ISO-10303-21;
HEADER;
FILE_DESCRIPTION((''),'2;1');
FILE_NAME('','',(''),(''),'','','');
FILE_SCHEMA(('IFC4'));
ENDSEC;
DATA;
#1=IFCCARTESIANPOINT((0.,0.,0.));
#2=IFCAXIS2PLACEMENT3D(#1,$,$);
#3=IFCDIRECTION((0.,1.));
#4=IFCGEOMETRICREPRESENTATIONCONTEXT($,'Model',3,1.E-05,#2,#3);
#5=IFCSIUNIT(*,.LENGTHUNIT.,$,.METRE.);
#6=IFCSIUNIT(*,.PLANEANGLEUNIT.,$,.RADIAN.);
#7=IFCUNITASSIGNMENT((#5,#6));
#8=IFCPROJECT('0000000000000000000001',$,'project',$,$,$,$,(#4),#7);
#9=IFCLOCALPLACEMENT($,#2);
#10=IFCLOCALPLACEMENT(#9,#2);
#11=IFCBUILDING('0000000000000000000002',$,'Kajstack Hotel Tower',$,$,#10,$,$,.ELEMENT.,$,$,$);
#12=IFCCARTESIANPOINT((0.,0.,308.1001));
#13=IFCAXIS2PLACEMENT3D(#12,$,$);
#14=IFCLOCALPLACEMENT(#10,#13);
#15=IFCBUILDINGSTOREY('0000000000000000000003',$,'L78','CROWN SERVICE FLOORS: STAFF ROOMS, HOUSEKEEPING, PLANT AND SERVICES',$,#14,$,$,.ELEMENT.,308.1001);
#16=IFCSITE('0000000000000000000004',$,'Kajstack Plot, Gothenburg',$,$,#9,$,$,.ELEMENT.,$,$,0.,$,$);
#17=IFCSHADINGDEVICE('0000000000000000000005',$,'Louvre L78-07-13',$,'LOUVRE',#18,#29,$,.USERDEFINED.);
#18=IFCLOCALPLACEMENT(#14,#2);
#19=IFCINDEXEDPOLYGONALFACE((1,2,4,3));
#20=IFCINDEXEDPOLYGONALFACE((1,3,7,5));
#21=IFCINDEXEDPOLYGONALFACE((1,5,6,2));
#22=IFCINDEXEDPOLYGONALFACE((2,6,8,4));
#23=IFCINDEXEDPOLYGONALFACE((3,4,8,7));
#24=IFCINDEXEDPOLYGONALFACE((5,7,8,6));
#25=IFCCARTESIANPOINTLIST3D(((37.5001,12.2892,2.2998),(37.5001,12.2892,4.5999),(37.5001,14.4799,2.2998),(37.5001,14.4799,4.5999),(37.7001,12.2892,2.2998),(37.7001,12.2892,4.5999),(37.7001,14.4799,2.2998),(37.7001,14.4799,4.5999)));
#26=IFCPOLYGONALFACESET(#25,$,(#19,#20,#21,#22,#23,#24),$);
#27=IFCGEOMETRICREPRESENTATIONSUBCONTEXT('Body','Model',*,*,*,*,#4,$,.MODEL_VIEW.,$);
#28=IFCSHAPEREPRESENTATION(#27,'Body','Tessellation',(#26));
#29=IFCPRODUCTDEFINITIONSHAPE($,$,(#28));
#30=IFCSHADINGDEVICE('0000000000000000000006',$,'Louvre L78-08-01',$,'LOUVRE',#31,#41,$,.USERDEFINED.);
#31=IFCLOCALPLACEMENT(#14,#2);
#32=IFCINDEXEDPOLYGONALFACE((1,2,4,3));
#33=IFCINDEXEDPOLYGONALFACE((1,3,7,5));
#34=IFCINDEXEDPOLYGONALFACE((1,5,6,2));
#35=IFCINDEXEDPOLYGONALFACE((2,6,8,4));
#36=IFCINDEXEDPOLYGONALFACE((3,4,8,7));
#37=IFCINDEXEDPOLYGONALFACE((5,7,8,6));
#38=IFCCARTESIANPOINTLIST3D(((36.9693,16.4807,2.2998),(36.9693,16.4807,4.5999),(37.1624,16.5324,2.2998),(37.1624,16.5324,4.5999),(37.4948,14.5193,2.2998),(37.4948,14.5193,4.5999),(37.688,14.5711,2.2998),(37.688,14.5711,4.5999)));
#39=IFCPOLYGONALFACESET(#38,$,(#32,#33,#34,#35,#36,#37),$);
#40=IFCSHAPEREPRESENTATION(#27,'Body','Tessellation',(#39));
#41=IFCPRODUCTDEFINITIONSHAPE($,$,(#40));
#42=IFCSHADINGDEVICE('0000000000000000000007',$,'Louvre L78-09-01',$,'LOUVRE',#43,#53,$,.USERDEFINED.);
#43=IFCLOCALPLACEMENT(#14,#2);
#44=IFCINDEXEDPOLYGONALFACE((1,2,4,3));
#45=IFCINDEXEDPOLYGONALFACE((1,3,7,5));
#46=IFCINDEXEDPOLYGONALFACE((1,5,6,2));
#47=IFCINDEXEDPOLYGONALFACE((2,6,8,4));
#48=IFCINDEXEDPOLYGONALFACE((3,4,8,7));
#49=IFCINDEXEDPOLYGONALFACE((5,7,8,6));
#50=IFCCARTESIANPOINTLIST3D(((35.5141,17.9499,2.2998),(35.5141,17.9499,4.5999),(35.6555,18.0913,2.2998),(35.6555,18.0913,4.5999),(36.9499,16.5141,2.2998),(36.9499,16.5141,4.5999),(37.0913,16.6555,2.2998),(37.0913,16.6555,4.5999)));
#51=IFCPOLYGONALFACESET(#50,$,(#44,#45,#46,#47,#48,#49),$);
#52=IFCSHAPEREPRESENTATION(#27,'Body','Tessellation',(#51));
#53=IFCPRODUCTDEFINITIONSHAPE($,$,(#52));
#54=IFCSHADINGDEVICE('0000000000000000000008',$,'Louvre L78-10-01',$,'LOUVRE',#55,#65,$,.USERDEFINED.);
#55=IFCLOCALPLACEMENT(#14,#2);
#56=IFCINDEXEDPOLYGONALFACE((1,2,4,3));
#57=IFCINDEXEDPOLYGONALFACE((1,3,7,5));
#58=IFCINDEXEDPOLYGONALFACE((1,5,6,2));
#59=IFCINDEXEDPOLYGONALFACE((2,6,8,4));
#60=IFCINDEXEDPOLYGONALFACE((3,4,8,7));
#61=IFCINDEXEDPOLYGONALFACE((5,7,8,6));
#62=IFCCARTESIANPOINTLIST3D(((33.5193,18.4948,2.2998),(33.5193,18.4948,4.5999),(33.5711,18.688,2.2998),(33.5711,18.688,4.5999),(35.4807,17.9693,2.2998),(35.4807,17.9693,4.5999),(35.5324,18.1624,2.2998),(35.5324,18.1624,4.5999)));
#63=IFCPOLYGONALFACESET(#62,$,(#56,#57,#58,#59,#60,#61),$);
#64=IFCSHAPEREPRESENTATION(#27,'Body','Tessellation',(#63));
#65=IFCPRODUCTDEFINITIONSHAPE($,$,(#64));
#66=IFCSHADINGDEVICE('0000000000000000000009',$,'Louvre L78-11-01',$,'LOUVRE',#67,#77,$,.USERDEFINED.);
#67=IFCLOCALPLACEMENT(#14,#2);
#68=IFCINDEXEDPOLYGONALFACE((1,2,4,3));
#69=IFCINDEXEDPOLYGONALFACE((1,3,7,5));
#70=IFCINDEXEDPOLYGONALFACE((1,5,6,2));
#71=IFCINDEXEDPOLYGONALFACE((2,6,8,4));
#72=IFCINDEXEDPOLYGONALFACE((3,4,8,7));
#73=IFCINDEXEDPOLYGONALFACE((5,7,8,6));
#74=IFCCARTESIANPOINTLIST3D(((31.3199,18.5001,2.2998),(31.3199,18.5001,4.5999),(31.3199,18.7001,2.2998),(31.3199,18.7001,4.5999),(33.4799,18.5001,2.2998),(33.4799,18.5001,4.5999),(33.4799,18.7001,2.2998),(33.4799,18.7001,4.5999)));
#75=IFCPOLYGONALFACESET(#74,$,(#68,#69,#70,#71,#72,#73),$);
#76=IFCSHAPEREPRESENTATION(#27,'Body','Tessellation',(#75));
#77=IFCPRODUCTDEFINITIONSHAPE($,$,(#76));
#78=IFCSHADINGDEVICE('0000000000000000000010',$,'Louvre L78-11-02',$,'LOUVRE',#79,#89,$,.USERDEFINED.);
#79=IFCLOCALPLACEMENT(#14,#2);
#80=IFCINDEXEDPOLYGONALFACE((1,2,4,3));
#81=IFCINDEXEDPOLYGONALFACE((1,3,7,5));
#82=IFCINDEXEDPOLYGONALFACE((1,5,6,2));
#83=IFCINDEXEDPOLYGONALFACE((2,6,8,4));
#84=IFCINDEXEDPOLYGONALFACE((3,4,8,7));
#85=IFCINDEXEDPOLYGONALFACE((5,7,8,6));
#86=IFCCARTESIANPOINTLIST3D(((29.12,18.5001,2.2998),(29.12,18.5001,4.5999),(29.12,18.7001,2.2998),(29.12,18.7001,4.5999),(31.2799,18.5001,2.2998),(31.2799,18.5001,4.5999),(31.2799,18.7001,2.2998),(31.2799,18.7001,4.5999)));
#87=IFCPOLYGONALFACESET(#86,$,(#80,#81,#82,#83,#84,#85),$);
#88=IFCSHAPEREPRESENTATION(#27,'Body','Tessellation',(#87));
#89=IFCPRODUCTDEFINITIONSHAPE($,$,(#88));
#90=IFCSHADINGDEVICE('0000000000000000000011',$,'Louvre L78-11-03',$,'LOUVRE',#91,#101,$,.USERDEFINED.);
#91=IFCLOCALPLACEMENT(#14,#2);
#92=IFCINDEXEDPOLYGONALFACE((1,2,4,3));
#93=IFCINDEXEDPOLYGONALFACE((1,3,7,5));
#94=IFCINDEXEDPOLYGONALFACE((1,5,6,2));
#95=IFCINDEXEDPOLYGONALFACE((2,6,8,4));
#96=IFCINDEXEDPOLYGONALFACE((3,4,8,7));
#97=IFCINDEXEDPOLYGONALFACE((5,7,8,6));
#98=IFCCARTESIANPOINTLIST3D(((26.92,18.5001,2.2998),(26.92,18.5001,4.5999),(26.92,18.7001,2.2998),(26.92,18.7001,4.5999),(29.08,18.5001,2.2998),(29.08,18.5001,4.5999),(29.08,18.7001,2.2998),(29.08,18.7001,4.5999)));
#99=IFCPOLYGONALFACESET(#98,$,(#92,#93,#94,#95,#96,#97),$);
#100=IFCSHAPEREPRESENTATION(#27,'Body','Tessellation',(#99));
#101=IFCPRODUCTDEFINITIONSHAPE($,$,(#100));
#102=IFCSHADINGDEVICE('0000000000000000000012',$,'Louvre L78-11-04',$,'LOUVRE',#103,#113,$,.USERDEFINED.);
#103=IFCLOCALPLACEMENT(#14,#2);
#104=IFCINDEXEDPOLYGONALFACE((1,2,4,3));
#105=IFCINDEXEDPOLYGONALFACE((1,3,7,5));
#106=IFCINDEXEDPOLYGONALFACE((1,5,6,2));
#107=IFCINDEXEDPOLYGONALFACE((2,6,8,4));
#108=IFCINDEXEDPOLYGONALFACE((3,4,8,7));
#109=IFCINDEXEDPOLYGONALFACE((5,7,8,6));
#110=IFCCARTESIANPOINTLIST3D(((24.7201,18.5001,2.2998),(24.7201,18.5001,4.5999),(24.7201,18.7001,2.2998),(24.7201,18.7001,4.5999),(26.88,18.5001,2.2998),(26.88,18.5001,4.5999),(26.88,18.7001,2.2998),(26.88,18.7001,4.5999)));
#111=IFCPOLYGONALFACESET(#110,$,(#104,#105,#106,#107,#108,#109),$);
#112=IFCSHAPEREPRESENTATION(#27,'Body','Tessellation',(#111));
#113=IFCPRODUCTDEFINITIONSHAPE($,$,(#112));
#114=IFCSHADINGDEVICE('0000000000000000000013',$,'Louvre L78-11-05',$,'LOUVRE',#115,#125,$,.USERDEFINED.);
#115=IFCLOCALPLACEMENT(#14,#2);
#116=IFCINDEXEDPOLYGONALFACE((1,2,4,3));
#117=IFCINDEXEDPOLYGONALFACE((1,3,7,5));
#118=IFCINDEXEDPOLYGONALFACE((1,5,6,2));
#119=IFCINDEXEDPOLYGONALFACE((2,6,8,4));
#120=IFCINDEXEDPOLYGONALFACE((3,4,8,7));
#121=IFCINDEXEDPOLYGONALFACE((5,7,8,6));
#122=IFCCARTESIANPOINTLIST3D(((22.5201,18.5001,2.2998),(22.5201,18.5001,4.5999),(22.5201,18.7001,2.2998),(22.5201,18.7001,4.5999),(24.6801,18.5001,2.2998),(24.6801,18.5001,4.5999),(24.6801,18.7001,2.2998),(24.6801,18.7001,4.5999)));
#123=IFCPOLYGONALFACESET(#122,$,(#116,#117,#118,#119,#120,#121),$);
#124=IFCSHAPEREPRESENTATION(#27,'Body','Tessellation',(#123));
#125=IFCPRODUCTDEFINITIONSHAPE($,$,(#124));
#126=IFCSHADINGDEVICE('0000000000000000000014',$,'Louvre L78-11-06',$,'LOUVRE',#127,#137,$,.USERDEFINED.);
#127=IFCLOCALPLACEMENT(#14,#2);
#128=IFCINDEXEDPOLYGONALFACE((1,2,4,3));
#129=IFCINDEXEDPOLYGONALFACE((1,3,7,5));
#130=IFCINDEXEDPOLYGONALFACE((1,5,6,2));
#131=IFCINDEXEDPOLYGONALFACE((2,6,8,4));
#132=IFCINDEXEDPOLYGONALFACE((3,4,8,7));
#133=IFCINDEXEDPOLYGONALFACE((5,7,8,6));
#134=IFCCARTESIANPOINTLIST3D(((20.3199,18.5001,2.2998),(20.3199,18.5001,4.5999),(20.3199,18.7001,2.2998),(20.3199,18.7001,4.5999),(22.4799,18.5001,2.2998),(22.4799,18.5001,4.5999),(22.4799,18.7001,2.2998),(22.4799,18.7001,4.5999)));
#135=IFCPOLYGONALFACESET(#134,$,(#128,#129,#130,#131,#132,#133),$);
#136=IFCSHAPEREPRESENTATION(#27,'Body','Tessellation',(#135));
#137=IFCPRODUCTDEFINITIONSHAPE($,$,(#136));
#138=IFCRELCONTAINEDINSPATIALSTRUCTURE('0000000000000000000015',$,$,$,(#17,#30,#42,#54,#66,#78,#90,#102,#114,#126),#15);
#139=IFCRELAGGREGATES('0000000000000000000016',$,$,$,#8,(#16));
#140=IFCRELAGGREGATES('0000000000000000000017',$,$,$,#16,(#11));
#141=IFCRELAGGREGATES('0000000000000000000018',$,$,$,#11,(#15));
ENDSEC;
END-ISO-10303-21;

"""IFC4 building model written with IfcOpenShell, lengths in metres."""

from ifc_helpers import new_model, si_unit, direction, frame, origin, origin_2d, place, context, subcontext, project, spatial, rectangle, extrude, element, save


model = new_model("IFC4")

# Units and contexts
model_context = context("Model", 3, precision=1e-05, world=origin(), true_north=direction((0.0, 1.0)))
body_context = subcontext(model_context, "Body", "Model", "MODEL_VIEW")
ifc_project = project(units=[si_unit("LENGTHUNIT", "METRE"), si_unit("PLANEANGLEUNIT", "RADIAN")], contexts=[model_context])

# Site, building, storey
site_placement = place(None, origin())
site = spatial("IfcSite", under=ifc_project, at=site_placement, Name="Kajstack Plot, Gothenburg", CompositionType="ELEMENT", RefElevation=0.0)
building_placement = place(site_placement, origin())
building = spatial("IfcBuilding", under=site, at=building_placement, Name="Kajstack Hotel Tower", CompositionType="ELEMENT")
storey_placement = place(building_placement, frame((0.0, 0.0, 308.1001)))
storey = spatial("IfcBuildingStorey", under=building, at=storey_placement, Name="L78", Description="CROWN SERVICE FLOORS: STAFF ROOMS, HOUSEKEEPING, PLANT AND SERVICES", CompositionType="ELEMENT", Elevation=308.1001)

# Shading devices
shading_device_placement = place(storey_placement, frame((37.6001, 13.3845, 2.2998), z_axis=(0.0, 0.0, 1.0), x_axis=(0.0, 1.0, 0.0)))
element("IfcShadingDevice", 1, at=shading_device_placement, inside=storey, Name="Louvre L78-07-13", ObjectType="LOUVRE", PredefinedType="USERDEFINED", context=body_context, shape_type="SweptSolid", body=[
    extrude(rectangle(XDim=2.1907, YDim=0.2, at=origin_2d()), origin(), (0.0, 0.0, 1.0), 2.3),
])
for number, where, z_axis, x_axis, name in (
    (2, (37.3286, 15.5259, 2.2998), (0.0, 0.0, 1.0), (-0.25882, 0.965926, 0.0), "Louvre L78-08-01"),
    (3, (36.3027, 17.3027, 2.2998), (0.0, 0.0, 1.0), (-0.707107, 0.707107, 0.0), "Louvre L78-09-01"),
    (4, (34.5259, 18.3286, 2.2998), (0.0, 0.0, 1.0), (-0.965926, 0.25882, 0.0), "Louvre L78-10-01"),
):
    element("IfcShadingDevice", number, at=place(storey_placement, frame(where, z_axis=z_axis, x_axis=x_axis)), inside=storey, Name=name, ObjectType="LOUVRE", PredefinedType="USERDEFINED", context=body_context, shape_type="SweptSolid", body=[
        extrude(rectangle(XDim=2.0305, YDim=0.2, at=origin_2d()), origin(), (0.0, 0.0, 1.0), 2.3),
    ])
for number, where, z_axis, x_axis, name in (
    (5, (32.3999, 18.6001, 2.2998), (0.0, 0.0, 1.0), (-1.0, 0.0, 0.0), "Louvre L78-11-01"),
    (6, (30.2, 18.6001, 2.2998), (0.0, 0.0, 1.0), (-1.0, 0.0, 0.0), "Louvre L78-11-02"),
    (7, (28.0, 18.6001, 2.2998), (0.0, 0.0, 1.0), (-1.0, 0.0, 0.0), "Louvre L78-11-03"),
    (8, (25.8, 18.6001, 2.2998), (0.0, 0.0, 1.0), (-1.0, 0.0, 0.0), "Louvre L78-11-04"),
    (9, (23.6001, 18.6001, 2.2998), (0.0, 0.0, 1.0), (-1.0, 0.0, 0.0), "Louvre L78-11-05"),
    (10, (21.3999, 18.6001, 2.2998), (0.0, 0.0, 1.0), (-1.0, 0.0, 0.0), "Louvre L78-11-06"),
):
    element("IfcShadingDevice", number, at=place(storey_placement, frame(where, z_axis=z_axis, x_axis=x_axis)), inside=storey, Name=name, ObjectType="LOUVRE", PredefinedType="USERDEFINED", context=body_context, shape_type="SweptSolid", body=[
        extrude(rectangle(XDim=2.1599, YDim=0.2, at=origin_2d()), origin(), (0.0, 0.0, 1.0), 2.3),
    ])

save(model, "model.ifc")
